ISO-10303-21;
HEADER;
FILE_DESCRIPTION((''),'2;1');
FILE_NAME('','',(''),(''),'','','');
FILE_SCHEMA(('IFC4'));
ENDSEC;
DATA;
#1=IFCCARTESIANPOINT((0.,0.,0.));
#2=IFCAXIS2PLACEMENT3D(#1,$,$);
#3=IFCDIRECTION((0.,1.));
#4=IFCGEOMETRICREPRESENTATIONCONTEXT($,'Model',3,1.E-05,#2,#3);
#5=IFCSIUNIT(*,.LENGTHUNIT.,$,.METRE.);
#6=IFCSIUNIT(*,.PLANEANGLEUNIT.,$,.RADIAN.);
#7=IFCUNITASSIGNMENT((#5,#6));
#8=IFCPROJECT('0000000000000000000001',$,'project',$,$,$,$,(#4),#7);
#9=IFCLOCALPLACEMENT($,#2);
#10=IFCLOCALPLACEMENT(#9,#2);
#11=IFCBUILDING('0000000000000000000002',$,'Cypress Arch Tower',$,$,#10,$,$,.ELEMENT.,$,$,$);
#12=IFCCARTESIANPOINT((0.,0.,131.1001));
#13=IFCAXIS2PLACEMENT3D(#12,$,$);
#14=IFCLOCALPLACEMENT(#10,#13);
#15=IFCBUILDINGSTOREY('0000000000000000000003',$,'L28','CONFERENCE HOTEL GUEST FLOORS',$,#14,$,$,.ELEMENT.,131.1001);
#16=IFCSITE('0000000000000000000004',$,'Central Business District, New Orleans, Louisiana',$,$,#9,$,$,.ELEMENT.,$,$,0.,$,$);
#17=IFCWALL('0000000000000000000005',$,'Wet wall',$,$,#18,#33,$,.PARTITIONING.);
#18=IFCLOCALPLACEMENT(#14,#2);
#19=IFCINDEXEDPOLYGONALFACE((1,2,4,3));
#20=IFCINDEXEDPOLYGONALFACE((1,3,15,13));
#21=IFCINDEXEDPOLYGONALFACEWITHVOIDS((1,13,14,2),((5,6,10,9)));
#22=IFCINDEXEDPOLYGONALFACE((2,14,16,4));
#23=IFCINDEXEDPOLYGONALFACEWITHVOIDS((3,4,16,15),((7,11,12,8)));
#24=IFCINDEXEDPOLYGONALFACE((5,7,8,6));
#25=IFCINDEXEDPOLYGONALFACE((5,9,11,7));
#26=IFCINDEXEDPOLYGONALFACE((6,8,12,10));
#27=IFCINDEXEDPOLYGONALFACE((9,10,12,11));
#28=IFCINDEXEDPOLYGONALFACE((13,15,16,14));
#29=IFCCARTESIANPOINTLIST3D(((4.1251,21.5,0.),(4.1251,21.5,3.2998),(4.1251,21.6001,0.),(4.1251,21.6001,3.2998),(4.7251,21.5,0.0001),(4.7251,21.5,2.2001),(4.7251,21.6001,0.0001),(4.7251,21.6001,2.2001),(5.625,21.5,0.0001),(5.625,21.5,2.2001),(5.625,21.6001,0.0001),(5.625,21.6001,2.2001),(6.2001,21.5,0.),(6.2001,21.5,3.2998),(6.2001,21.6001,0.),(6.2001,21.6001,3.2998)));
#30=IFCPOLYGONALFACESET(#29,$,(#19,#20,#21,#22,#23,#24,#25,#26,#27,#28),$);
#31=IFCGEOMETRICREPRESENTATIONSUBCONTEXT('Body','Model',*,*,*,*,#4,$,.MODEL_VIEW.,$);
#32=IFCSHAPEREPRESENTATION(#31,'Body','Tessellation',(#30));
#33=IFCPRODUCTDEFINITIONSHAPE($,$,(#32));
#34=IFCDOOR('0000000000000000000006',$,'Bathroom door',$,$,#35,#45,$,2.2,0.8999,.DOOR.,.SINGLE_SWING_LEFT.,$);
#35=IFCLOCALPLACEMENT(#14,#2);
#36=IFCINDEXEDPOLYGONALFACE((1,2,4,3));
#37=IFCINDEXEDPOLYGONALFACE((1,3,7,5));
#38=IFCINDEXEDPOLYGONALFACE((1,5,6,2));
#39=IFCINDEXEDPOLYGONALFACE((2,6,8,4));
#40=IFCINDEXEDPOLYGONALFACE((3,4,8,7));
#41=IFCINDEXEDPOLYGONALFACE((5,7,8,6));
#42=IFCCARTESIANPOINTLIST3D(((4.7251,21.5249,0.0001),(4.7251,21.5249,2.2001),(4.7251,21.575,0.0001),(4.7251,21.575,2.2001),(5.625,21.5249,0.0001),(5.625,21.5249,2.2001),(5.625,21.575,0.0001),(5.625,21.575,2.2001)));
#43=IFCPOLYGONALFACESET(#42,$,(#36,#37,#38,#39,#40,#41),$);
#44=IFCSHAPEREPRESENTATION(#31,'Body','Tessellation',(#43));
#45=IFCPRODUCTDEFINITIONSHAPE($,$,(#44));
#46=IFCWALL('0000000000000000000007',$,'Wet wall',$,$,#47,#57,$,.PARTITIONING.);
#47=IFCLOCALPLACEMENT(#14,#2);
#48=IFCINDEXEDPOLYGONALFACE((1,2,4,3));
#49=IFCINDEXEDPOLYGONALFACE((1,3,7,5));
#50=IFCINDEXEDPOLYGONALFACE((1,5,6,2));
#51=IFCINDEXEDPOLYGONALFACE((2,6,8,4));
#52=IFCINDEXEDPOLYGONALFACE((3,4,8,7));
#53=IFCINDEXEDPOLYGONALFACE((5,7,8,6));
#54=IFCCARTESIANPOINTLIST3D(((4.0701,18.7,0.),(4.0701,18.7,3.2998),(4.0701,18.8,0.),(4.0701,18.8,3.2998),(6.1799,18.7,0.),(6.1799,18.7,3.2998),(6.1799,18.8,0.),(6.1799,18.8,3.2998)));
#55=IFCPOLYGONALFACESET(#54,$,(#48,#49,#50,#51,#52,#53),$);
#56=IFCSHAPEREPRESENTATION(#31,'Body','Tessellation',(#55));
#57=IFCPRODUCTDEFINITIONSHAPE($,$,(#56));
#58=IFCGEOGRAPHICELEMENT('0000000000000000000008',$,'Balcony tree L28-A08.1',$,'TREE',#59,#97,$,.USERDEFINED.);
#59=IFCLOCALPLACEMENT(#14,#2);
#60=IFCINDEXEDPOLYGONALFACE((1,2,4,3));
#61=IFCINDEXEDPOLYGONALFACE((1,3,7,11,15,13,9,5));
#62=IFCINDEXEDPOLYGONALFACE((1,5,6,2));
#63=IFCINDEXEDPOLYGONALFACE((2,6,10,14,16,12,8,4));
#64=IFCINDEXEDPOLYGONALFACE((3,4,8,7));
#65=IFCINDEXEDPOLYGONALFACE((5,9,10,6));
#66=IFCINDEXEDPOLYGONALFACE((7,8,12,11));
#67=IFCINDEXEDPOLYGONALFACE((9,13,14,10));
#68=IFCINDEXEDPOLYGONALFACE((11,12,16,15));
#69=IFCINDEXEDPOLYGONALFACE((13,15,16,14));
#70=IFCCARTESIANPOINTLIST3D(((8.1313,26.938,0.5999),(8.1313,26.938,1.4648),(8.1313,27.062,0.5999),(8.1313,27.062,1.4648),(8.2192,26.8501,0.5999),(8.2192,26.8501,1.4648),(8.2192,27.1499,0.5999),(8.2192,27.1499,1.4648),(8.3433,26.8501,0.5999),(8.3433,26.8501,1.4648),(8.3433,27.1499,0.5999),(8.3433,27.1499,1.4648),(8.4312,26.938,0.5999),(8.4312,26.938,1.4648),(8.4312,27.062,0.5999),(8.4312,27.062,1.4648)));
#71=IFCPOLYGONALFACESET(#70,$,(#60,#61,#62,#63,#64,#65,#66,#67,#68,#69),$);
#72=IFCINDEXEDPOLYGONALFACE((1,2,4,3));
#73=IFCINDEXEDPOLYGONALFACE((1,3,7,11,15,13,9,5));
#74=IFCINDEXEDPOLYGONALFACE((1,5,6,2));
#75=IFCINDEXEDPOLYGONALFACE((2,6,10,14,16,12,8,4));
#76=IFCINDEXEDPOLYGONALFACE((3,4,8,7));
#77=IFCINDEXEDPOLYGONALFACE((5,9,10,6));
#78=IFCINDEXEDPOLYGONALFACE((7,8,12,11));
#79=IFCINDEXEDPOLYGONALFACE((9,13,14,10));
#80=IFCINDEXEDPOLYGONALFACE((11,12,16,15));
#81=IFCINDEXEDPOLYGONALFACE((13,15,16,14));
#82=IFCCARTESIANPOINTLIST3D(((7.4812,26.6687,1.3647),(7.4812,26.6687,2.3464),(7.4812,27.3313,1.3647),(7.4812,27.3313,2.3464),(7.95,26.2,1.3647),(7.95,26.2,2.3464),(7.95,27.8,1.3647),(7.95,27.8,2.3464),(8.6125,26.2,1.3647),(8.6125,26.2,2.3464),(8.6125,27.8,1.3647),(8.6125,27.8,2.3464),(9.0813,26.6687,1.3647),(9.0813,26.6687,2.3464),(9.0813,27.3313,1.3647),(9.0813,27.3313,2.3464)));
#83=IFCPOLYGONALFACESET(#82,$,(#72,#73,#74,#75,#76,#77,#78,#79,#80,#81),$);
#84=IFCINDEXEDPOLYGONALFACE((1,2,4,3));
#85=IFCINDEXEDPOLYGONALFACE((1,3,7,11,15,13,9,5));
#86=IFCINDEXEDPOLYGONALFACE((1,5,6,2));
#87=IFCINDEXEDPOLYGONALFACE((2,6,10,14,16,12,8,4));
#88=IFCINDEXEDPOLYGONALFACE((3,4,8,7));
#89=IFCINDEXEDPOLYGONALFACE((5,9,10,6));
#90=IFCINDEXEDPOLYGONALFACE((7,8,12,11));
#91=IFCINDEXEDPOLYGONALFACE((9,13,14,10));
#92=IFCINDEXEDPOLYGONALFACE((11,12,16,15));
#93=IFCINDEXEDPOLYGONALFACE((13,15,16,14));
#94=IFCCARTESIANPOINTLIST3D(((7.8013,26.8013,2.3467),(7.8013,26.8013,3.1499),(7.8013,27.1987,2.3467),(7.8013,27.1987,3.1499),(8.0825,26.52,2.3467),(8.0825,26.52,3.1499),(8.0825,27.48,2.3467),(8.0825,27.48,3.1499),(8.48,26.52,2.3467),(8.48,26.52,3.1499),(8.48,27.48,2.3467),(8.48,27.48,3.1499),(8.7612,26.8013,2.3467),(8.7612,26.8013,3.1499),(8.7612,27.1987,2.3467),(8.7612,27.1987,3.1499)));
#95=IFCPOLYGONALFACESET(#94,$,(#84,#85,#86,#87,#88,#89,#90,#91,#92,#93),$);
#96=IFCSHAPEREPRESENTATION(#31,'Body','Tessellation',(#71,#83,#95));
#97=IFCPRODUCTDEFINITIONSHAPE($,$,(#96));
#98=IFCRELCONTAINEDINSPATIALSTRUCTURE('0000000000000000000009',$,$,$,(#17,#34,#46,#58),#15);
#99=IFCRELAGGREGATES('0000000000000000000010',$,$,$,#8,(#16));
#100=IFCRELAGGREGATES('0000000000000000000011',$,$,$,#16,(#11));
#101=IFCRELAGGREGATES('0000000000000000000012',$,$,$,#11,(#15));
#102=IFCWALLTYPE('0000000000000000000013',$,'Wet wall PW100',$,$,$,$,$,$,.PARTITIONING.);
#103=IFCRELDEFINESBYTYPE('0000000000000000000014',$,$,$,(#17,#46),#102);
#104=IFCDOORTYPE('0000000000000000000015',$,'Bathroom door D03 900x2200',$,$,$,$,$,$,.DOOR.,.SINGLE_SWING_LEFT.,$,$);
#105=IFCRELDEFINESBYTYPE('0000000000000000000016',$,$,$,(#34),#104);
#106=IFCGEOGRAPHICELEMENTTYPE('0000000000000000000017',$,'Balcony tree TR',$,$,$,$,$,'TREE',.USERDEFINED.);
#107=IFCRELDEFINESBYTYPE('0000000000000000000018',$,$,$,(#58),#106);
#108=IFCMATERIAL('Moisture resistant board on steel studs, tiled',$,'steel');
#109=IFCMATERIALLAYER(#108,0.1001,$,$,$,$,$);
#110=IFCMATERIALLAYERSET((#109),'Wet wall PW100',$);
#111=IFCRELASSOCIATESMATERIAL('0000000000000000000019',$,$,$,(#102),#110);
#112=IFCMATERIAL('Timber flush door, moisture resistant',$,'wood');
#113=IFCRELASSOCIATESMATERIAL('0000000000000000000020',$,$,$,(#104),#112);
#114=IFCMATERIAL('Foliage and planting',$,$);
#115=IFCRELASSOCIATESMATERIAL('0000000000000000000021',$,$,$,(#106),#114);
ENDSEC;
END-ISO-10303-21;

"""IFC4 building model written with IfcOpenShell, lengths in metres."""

from ifc_helpers import new_model, si_unit, direction, frame, frame_2d, origin, place, context, subcontext, project, spatial, polyline, rectangle, outline, extrude, material, layer, layer_set, type_object, element, fill, save


model = new_model("IFC4")

# Units and contexts
model_context = context("Model", 3, precision=1e-05, world=origin(), true_north=direction((0.0, 1.0)))
body_context = subcontext(model_context, "Body", "Model", "MODEL_VIEW")
ifc_project = project(units=[si_unit("LENGTHUNIT", "METRE"), si_unit("PLANEANGLEUNIT", "RADIAN")], contexts=[model_context])

# Site, building, storey
site_placement = place(None, origin())
site = spatial("IfcSite", under=ifc_project, at=site_placement, Name="Central Business District, New Orleans, Louisiana", CompositionType="ELEMENT", RefElevation=0.0)
building_placement = place(site_placement, origin())
building = spatial("IfcBuilding", under=site, at=building_placement, Name="Cypress Arch Tower", CompositionType="ELEMENT")
storey_placement = place(building_placement, frame((0.0, 0.0, 131.1001)))
storey = spatial("IfcBuildingStorey", under=building, at=storey_placement, Name="L28", Description="CONFERENCE HOTEL GUEST FLOORS", CompositionType="ELEMENT", Elevation=131.1001)

# Wall, opening, door
ifc_material_1 = material(Name="Moisture resistant board on steel studs, tiled", Category="steel")
ifc_layer_1 = layer(ifc_material_1, 0.1001)
ifc_layer_set_1 = layer_set([ifc_layer_1], Name="Wet wall PW100")
wall_type_1 = type_object("IfcWallType", Name="Wet wall PW100", PredefinedType="PARTITIONING", material=ifc_layer_set_1)
ifc_material_2 = material(Name="Timber flush door, moisture resistant", Category="wood")
door_type_1 = type_object("IfcDoorType", Name="Bathroom door D03 900x2200", OperationType="SINGLE_SWING_LEFT", PredefinedType="DOOR", material=ifc_material_2)
wall_1_placement = place(storey_placement, frame((4.125, 21.55, 0.0), z_axis=(0.0, 0.0, 1.0), x_axis=(1.0, 0.0, 0.0)))
wall_1 = element("IfcWall", 1, at=wall_1_placement, inside=storey, type_object=wall_type_1, Name="Wet wall", PredefinedType="PARTITIONING", context=body_context, shape_type="SweptSolid", body=[
    extrude(rectangle(XDim=2.075, YDim=0.1001, at=frame_2d((1.0376, 0.0))), origin(), (0.0, 0.0, 1.0), 3.2998),
])
opening_1_placement = place(wall_1_placement, frame((0.6001, 0.0, 0.0)))
opening_1 = element("IfcOpeningElement", 2, at=opening_1_placement, cuts=wall_1, PredefinedType="OPENING", context=body_context, shape_type="SweptSolid", body=[
    extrude(rectangle(XDim=0.8999, YDim=2.2, at=frame_2d((0.45, 1.1001))), frame((0.0, 0.0601, 0.0), z_axis=(0.0, -1.0, 0.0), x_axis=(1.0, 0.0, 0.0)), (0.0, 0.0, 1.0), 0.1201),
])
door_1_placement = place(opening_1_placement, origin())
door_1 = element("IfcDoor", 3, at=door_1_placement, inside=storey, type_object=door_type_1, Name="Bathroom door", OperationType="SINGLE_SWING_LEFT", OverallHeight=2.2, OverallWidth=0.8999, PredefinedType="DOOR", context=body_context, shape_type="SweptSolid", body=[
    extrude(rectangle(XDim=0.8999, YDim=2.2, at=frame_2d((0.45, 1.1001))), frame((0.0, 0.0249, 0.0), z_axis=(0.0, -1.0, 0.0), x_axis=(1.0, 0.0, 0.0)), (0.0, 0.0, 1.0), 0.05),
])
fill(opening_1, door_1)

# Wall
wall_2_placement = place(storey_placement, frame((4.0701, 18.75, 0.0), z_axis=(0.0, 0.0, 1.0), x_axis=(1.0, 0.0, 0.0)))
element("IfcWall", 4, at=wall_2_placement, inside=storey, type_object=wall_type_1, Name="Wet wall", PredefinedType="PARTITIONING", context=body_context, shape_type="SweptSolid", body=[
    extrude(rectangle(XDim=2.1099, YDim=0.1001, at=frame_2d((1.0549, 0.0))), origin(), (0.0, 0.0, 1.0), 3.2998),
])

# Geographic element
ifc_material_3 = material(Name="Foliage and planting")
geographic_element_type = type_object("IfcGeographicElementType", Name="Balcony tree TR", ElementType="TREE", PredefinedType="USERDEFINED", material=ifc_material_3)
geographic_element_placement = place(storey_placement, frame((8.2812, 27.0, 0.5999), z_axis=(0.0, 0.0, 1.0), x_axis=(1.0, 0.0, 0.0)))
element("IfcGeographicElement", 5, at=geographic_element_placement, inside=storey, type_object=geographic_element_type, Name="Balcony tree L28-A08.1", ObjectType="TREE", PredefinedType="USERDEFINED", context=body_context, shape_type="SweptSolid", body=[
    extrude(outline(polyline([(0.1499, 0.062), (0.062, 0.1499), (-0.062, 0.1499), (-0.1499, 0.062), (-0.1499, -0.062), (-0.062, -0.1499), (0.062, -0.1499), (0.1499, -0.062), (0.1499, 0.062)])), origin(), (0.0, 0.0, 1.0), 0.865),
    extrude(outline(polyline([(0.8, 0.3313), (0.3313, 0.8), (-0.3313, 0.8), (-0.8, 0.3313), (-0.8, -0.3313), (-0.3313, -0.8), (0.3313, -0.8), (0.8, -0.3313), (0.8, 0.3313)])), frame((0.0, 0.0, 0.7649)), (0.0, 0.0, 1.0), 0.9817),
    extrude(outline(polyline([(0.48, 0.1987), (0.1987, 0.48), (-0.1987, 0.48), (-0.48, 0.1987), (-0.48, -0.1987), (-0.1987, -0.48), (0.1987, -0.48), (0.48, -0.1987), (0.48, 0.1987)])), frame((0.0, 0.0, 1.7468)), (0.0, 0.0, 1.0), 0.8032),
])

save(model, "model.ifc")
